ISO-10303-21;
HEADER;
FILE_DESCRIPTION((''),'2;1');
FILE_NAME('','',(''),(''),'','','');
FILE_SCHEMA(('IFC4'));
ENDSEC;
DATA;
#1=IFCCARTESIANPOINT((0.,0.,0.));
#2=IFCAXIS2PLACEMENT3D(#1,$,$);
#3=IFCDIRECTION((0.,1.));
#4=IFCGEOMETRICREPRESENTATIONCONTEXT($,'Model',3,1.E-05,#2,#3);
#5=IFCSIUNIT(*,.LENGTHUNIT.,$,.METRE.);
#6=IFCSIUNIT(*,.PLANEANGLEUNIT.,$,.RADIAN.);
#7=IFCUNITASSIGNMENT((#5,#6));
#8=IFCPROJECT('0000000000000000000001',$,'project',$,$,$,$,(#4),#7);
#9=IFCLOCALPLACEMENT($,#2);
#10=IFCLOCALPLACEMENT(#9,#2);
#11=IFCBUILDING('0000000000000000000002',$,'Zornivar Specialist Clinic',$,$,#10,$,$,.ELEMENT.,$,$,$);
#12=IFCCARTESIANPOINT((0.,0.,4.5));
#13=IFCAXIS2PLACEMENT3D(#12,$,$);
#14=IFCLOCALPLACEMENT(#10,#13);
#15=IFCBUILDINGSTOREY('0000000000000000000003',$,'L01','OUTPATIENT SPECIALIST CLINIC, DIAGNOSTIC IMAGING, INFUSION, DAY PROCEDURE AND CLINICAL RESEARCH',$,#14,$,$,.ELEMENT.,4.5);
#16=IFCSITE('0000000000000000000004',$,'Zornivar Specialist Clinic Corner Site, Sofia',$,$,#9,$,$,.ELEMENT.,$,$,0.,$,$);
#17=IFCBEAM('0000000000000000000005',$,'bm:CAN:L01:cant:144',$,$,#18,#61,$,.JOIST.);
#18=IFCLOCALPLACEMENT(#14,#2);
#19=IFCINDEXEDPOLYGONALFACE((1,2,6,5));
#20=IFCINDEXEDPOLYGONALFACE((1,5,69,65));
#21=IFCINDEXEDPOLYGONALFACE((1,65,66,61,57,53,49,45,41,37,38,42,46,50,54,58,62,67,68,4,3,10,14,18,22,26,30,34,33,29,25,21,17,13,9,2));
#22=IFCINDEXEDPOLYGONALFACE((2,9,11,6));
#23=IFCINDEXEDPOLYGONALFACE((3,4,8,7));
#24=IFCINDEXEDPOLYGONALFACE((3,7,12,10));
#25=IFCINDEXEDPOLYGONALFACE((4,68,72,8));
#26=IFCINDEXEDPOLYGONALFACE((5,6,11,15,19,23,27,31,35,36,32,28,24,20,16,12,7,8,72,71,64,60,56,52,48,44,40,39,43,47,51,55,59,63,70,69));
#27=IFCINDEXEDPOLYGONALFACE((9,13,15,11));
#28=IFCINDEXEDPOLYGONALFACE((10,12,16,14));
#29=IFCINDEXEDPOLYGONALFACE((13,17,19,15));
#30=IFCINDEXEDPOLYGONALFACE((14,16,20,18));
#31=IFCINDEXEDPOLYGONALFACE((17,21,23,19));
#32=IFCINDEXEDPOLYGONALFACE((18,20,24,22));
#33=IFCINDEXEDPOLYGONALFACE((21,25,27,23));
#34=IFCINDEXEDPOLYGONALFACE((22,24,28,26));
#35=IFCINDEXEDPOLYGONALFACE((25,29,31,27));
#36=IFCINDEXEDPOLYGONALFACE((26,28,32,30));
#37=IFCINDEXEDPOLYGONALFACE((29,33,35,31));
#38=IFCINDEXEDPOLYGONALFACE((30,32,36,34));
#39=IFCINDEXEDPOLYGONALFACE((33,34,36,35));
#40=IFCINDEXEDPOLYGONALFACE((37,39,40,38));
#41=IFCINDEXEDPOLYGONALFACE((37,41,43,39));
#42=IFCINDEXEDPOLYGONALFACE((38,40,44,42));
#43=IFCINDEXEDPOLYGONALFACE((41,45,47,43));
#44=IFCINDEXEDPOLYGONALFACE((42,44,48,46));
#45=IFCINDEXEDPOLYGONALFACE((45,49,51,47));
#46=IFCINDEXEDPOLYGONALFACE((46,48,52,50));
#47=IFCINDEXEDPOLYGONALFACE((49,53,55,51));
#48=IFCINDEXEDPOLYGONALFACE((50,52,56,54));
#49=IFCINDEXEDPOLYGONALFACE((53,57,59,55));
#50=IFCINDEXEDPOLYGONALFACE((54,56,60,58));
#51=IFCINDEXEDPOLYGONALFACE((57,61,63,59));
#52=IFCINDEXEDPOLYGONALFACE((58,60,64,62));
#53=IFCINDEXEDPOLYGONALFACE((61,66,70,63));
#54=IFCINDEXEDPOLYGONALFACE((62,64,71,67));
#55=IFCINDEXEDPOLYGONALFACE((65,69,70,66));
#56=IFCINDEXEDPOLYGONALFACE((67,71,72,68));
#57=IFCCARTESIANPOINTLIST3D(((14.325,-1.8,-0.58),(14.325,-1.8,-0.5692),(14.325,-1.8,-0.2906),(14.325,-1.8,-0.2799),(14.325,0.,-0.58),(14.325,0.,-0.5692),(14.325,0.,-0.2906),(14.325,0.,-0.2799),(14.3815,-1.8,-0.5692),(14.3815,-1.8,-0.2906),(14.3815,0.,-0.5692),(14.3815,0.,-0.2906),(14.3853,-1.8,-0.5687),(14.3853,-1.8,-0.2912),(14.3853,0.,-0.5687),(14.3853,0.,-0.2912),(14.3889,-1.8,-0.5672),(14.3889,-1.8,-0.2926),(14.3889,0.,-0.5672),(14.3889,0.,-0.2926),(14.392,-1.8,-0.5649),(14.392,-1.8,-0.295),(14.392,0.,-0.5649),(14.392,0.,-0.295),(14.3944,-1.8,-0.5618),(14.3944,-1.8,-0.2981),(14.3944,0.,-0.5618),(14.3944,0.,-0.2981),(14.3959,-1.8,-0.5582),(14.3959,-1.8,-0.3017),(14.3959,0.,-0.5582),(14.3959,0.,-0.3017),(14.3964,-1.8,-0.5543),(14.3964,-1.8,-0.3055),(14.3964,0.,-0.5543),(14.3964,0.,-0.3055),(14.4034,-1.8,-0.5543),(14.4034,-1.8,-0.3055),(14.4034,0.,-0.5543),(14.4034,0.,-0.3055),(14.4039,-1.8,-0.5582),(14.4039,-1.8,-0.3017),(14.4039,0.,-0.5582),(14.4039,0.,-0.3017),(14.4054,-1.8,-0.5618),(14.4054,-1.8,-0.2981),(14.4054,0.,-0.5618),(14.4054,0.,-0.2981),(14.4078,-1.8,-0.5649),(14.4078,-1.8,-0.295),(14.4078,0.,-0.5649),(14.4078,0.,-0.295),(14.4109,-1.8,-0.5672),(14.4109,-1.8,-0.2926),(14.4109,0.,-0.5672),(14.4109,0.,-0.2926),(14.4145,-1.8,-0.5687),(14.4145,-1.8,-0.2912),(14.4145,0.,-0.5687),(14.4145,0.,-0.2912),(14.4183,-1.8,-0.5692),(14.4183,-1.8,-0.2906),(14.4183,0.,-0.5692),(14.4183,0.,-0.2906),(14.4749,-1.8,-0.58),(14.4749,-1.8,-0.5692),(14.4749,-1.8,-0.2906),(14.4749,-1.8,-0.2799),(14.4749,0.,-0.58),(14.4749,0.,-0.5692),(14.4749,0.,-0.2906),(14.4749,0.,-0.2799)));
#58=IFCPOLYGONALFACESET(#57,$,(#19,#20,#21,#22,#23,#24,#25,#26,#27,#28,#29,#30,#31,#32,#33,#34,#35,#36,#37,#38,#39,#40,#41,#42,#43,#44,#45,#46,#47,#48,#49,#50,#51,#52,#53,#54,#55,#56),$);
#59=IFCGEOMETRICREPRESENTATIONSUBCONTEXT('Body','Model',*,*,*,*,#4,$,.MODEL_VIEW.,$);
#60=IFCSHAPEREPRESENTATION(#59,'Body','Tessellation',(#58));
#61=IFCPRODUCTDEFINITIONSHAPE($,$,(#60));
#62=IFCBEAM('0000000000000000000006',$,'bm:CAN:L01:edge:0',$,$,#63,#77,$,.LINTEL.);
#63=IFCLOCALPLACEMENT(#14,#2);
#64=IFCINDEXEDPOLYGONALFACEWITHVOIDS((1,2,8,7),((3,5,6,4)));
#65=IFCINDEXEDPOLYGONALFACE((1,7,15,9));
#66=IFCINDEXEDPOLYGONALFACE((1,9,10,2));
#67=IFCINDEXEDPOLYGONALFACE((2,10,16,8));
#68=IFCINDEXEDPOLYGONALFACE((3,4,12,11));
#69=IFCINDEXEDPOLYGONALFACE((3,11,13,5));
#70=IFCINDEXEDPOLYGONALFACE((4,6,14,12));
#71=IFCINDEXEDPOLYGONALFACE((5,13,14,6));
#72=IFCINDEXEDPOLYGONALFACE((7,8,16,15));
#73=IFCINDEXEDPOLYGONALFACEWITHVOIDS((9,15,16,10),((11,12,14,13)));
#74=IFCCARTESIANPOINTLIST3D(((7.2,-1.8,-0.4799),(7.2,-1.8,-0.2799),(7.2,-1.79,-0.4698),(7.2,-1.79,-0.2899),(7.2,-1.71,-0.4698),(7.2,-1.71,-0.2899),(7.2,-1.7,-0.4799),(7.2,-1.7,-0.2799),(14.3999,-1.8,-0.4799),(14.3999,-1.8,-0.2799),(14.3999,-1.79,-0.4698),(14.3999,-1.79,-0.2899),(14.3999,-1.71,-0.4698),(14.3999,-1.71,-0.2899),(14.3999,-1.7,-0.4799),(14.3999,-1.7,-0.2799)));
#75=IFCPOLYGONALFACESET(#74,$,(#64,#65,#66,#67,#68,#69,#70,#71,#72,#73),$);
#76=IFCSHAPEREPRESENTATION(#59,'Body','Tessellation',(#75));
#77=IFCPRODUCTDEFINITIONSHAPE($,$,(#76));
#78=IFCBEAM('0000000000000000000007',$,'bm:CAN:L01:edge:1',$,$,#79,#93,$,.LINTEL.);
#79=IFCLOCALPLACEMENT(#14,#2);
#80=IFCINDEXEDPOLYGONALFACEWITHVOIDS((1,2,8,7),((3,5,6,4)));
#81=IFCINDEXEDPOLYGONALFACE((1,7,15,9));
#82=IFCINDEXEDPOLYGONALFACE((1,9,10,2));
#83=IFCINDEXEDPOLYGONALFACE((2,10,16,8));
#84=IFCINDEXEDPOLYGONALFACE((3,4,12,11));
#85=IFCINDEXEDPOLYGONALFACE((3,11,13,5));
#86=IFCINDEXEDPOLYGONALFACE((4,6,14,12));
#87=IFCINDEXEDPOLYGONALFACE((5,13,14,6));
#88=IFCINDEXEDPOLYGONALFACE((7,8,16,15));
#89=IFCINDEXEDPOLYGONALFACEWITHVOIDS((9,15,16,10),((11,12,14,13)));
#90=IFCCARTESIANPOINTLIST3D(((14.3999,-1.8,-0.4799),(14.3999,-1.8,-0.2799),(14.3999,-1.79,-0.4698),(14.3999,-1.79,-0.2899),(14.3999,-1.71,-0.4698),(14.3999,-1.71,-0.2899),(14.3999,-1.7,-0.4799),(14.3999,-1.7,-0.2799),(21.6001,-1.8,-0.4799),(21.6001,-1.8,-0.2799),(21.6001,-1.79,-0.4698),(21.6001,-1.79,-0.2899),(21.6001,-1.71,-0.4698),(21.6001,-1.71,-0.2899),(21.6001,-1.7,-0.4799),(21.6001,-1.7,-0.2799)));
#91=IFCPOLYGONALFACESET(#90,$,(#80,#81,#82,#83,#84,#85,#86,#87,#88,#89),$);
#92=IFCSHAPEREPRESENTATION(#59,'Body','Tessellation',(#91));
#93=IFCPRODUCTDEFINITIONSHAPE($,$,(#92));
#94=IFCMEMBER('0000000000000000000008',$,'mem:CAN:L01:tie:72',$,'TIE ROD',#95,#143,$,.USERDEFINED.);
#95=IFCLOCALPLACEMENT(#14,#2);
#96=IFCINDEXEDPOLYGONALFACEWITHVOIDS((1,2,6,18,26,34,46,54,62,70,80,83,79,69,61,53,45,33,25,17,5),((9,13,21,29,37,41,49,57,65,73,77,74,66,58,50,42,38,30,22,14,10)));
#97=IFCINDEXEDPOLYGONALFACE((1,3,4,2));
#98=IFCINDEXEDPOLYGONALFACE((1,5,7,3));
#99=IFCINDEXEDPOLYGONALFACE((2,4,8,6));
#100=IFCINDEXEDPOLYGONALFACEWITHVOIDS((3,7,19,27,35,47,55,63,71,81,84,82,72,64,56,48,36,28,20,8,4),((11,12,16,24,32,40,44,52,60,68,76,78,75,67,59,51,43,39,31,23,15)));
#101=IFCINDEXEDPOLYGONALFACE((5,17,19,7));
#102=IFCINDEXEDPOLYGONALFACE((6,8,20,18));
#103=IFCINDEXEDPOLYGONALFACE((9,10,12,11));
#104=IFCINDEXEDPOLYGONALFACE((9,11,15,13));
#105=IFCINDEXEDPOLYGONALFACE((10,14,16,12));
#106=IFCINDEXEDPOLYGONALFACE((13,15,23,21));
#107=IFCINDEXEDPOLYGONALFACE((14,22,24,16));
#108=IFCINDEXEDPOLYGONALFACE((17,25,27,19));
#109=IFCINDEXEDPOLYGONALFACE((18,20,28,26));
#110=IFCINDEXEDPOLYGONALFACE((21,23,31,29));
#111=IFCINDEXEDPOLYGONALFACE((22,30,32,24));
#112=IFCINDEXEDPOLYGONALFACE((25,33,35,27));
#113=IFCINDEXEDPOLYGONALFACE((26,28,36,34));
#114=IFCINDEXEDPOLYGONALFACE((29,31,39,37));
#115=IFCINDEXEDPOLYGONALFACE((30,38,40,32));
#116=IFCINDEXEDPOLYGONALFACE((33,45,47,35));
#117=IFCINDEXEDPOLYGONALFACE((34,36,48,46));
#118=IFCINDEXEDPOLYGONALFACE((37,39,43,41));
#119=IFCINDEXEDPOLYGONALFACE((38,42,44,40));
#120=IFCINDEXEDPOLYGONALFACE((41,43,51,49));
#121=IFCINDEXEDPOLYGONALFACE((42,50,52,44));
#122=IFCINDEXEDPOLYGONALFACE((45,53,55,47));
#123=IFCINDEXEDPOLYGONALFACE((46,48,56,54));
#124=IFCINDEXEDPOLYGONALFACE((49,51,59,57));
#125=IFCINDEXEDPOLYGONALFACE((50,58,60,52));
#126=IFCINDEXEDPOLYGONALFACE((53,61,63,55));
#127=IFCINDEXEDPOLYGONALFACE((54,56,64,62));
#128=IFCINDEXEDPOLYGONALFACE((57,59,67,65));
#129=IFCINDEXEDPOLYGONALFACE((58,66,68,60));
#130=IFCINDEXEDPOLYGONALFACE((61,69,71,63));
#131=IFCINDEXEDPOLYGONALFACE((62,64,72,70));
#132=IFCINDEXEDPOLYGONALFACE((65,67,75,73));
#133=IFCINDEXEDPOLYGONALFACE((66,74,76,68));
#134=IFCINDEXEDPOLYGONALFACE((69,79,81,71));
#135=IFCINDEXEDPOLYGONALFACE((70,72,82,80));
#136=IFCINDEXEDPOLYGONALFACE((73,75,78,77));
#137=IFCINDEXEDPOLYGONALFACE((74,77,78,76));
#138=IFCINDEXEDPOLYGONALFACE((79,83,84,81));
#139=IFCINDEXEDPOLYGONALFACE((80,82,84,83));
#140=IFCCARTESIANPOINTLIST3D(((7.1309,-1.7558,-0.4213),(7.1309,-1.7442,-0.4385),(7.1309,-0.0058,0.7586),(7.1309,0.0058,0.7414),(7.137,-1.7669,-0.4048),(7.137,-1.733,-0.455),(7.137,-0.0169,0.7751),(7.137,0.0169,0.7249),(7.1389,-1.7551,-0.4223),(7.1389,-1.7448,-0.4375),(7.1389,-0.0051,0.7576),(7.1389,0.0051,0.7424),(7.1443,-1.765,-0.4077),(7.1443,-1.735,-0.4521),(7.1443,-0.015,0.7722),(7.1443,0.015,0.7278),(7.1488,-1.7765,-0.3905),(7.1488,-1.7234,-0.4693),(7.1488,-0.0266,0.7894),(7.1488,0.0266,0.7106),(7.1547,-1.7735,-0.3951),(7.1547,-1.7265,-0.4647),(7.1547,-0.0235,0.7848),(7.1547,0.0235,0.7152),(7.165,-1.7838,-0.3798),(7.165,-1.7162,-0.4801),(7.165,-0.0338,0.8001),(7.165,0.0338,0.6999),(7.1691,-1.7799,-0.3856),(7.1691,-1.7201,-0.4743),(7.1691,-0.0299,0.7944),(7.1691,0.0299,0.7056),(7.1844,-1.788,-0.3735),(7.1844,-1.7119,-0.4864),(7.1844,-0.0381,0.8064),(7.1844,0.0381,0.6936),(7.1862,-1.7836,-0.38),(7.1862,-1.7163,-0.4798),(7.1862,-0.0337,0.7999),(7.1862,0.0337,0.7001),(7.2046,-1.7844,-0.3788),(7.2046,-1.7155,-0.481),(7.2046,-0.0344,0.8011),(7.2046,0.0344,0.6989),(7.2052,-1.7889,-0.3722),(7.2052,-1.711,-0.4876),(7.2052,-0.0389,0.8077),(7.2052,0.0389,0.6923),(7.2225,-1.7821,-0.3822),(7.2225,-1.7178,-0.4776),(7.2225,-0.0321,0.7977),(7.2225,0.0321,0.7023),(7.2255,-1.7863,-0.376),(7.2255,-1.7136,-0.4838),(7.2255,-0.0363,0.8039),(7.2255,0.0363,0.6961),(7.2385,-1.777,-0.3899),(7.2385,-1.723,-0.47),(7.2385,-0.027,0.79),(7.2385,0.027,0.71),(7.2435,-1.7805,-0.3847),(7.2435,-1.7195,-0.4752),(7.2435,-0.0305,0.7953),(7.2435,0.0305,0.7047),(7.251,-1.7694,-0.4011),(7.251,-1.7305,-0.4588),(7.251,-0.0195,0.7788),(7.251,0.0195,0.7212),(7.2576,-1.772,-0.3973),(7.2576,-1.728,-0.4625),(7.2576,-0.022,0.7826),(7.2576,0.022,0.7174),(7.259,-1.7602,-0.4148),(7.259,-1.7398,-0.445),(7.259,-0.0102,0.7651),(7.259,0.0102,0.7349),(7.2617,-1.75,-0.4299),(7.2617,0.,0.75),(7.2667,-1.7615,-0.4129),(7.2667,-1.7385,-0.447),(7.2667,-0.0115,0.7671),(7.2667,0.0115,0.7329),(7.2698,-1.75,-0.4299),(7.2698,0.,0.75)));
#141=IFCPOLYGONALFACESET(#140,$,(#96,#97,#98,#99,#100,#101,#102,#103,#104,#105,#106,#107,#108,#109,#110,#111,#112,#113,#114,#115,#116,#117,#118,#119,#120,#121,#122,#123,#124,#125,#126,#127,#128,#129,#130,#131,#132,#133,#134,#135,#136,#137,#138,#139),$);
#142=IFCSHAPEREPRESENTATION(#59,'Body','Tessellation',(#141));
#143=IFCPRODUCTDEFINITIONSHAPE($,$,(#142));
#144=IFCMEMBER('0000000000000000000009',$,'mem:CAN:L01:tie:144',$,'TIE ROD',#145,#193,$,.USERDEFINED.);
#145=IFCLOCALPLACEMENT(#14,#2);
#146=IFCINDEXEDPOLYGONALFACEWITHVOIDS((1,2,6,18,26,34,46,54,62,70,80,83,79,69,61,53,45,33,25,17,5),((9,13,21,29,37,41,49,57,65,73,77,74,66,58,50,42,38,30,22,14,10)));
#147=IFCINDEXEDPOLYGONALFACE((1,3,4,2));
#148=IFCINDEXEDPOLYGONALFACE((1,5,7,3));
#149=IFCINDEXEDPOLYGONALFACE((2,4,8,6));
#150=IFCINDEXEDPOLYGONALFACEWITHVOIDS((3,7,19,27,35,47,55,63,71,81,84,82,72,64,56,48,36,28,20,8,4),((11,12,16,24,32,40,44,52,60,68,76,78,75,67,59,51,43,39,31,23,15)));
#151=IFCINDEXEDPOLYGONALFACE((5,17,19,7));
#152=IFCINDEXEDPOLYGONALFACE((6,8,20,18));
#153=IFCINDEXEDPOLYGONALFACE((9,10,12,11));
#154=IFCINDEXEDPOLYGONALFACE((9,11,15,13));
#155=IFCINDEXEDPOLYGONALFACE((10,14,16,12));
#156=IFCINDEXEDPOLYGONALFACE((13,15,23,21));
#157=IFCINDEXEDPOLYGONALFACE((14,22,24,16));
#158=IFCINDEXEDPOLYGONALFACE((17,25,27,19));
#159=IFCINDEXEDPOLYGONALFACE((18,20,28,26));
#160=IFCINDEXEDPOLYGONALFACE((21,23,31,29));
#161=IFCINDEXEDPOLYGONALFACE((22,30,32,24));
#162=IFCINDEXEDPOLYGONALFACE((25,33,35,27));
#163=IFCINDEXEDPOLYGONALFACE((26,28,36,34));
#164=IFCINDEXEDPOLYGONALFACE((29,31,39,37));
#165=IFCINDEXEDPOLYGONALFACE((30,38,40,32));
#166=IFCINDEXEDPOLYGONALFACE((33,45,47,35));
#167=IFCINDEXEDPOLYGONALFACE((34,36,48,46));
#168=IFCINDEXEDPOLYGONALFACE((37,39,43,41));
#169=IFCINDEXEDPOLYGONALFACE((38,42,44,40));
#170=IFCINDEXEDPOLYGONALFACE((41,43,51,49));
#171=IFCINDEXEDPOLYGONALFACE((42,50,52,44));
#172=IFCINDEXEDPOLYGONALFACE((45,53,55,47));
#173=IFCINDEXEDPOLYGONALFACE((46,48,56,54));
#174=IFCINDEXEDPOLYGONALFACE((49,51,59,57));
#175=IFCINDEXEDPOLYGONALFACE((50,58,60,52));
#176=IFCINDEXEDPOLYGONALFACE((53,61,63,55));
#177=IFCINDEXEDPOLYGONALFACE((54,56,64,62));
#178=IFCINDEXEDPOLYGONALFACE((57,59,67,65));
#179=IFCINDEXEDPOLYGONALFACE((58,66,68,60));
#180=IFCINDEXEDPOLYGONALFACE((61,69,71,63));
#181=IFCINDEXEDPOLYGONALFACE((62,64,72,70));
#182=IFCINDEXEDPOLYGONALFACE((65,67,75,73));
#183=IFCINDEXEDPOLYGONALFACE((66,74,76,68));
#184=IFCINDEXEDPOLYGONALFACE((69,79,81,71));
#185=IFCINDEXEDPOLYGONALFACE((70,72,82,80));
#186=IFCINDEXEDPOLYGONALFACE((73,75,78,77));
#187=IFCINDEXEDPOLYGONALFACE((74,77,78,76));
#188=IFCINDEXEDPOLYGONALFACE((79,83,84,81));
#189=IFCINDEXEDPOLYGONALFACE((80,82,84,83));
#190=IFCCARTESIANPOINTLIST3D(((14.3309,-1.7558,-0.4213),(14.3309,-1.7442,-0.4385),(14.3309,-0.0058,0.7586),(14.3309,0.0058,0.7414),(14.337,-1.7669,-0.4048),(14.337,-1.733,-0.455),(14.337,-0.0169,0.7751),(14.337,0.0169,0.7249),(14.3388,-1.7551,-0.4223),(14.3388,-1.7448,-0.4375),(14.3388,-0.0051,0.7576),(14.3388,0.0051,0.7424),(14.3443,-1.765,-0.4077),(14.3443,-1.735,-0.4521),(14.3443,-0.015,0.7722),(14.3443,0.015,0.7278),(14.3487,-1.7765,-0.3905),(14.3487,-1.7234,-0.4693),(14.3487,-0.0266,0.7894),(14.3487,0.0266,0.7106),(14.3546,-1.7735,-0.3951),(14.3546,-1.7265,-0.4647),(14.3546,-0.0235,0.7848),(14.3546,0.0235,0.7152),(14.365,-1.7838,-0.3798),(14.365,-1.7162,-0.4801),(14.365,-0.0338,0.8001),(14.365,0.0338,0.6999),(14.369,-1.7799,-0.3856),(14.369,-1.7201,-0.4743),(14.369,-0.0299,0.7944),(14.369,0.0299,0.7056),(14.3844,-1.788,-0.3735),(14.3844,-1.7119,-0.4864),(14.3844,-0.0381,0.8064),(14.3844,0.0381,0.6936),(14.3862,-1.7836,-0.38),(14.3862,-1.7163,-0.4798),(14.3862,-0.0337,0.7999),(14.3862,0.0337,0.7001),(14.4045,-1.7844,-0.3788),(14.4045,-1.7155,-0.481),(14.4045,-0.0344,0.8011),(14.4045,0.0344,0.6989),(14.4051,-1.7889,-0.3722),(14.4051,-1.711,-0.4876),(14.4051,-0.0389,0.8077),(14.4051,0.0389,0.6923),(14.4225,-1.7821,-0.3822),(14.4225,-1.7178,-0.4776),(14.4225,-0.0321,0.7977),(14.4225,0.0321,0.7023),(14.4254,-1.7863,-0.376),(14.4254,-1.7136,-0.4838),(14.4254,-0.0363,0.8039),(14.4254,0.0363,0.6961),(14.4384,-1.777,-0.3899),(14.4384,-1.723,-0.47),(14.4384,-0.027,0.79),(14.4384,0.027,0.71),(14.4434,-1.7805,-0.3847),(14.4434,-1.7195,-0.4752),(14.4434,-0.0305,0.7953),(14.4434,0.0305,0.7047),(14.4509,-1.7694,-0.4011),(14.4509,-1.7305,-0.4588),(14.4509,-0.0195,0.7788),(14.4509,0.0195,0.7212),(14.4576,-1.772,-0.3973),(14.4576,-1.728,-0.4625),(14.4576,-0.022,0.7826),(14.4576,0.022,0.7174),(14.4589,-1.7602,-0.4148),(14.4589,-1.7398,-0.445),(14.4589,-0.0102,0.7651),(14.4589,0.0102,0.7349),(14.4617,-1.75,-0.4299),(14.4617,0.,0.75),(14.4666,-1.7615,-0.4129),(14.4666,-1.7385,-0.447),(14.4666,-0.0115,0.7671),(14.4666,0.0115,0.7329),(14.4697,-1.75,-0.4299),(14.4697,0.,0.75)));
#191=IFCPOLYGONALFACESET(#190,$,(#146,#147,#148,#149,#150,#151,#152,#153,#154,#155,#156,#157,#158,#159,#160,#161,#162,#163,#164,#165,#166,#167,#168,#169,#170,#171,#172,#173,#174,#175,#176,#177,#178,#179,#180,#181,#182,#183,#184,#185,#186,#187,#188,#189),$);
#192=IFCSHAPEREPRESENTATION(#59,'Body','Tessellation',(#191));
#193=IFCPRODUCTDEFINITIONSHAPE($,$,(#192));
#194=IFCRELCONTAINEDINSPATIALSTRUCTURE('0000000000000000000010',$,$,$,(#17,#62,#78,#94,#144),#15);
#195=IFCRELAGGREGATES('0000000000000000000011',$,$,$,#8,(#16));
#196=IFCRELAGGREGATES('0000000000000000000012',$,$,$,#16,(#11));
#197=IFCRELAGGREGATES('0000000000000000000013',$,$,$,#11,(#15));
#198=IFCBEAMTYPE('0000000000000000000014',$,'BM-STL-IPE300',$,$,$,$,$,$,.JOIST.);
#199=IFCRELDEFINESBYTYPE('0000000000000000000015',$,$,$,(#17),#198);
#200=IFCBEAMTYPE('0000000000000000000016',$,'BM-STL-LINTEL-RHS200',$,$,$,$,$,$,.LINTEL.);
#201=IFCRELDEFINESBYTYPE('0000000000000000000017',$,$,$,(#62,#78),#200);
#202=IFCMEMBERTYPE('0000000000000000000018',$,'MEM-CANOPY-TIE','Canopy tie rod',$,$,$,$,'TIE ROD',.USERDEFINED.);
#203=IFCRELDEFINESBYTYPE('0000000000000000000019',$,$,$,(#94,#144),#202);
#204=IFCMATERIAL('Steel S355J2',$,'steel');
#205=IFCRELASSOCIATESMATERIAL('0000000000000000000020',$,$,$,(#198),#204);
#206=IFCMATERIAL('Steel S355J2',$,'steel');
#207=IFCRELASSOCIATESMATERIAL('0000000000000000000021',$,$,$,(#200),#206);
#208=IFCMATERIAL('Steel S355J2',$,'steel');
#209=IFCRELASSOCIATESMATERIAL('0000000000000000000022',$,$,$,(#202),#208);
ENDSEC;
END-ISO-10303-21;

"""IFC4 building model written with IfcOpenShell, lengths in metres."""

from ifc_helpers import new_model, si_unit, direction, frame, origin, origin_2d, place, context, subcontext, project, spatial, hollow_rectangle, hollow_circle, i_section, extrude, material, material_profile, profile_set, type_object, element, save


model = new_model("IFC4")

# Units and contexts
model_context = context("Model", 3, precision=1e-05, world=origin(), true_north=direction((0.0, 1.0)))
body_context = subcontext(model_context, "Body", "Model", "MODEL_VIEW")
ifc_project = project(units=[si_unit("LENGTHUNIT", "METRE"), si_unit("PLANEANGLEUNIT", "RADIAN")], contexts=[model_context])

# Site, building, storey
site_placement = place(None, origin())
site = spatial("IfcSite", under=ifc_project, at=site_placement, Name="Zornivar Specialist Clinic Corner Site, Sofia", CompositionType="ELEMENT", RefElevation=0.0)
building_placement = place(site_placement, origin())
building = spatial("IfcBuilding", under=site, at=building_placement, Name="Zornivar Specialist Clinic", CompositionType="ELEMENT")
storey_placement = place(building_placement, frame((0.0, 0.0, 4.5)))
storey = spatial("IfcBuildingStorey", under=building, at=storey_placement, Name="L01", Description="OUTPATIENT SPECIALIST CLINIC, DIAGNOSTIC IMAGING, INFUSION, DAY PROCEDURE AND CLINICAL RESEARCH", CompositionType="ELEMENT", Elevation=4.5)

# Beams
ifc_material_1 = material(Name="Steel S355J2", Category="steel")
ifc_material_profile_1 = material_profile(ifc_material_1, i_section(OverallWidth=0.1499, OverallDepth=0.3, WebThickness=0.0071, FlangeThickness=0.0107, FilletRadius=0.0149, at=origin_2d()), Name="IPE 300")
ifc_profile_set_1 = profile_set([ifc_material_profile_1], Name="Steel S355J2")
beam_type_1 = type_object("IfcBeamType", Name="BM-STL-IPE300", PredefinedType="JOIST", material=ifc_profile_set_1)
for number, where, z_axis, x_axis, name in (
    (1, (14.3999, 0.0, -0.4299), (0.0, -1.0, 0.0), (1.0, 0.0, 0.0), "bm:CAN:L01:cant:144"),
):
    element("IfcBeam", number, at=place(storey_placement, frame(where, z_axis=z_axis, x_axis=x_axis)), inside=storey, type_object=beam_type_1, Name=name, PredefinedType="JOIST", context=body_context, shape_type="SweptSolid", body=[
        extrude(i_section(OverallWidth=0.1499, OverallDepth=0.3, WebThickness=0.0071, FlangeThickness=0.0107, FilletRadius=0.0149, at=origin_2d()), origin(), (0.0, 0.0, 1.0), 1.8),
    ])
ifc_material_2 = material(Name="Steel S355J2", Category="steel")
ifc_material_profile_2 = material_profile(ifc_material_2, hollow_rectangle(XDim=0.1001, YDim=0.2, WallThickness=0.01, at=origin_2d()), Name="RHS 200x100x10")
ifc_profile_set_2 = profile_set([ifc_material_profile_2], Name="Steel S355J2")
beam_type_2 = type_object("IfcBeamType", Name="BM-STL-LINTEL-RHS200", PredefinedType="LINTEL", material=ifc_profile_set_2)
beam_1_placement = place(storey_placement, frame((7.2, -1.75, -0.3799), z_axis=(1.0, 0.0, 0.0), x_axis=(0.0, 1.0, 0.0)))
element("IfcBeam", 2, at=beam_1_placement, inside=storey, type_object=beam_type_2, Name="bm:CAN:L01:edge:0", PredefinedType="LINTEL", context=body_context, shape_type="SweptSolid", body=[
    extrude(hollow_rectangle(XDim=0.1001, YDim=0.2, WallThickness=0.01, at=origin_2d()), origin(), (0.0, 0.0, 1.0), 7.2),
])
beam_2_placement = place(storey_placement, frame((14.3999, -1.75, -0.3799), z_axis=(1.0, 0.0, 0.0), x_axis=(0.0, 1.0, 0.0)))
element("IfcBeam", 3, at=beam_2_placement, inside=storey, type_object=beam_type_2, Name="bm:CAN:L01:edge:1", PredefinedType="LINTEL", context=body_context, shape_type="SweptSolid", body=[
    extrude(hollow_rectangle(XDim=0.1001, YDim=0.2, WallThickness=0.01, at=origin_2d()), origin(), (0.0, 0.0, 1.0), 7.2002),
])

# Members
ifc_material_3 = material(Name="Steel S355J2", Category="steel")
ifc_material_profile_3 = material_profile(ifc_material_3, hollow_circle(Radius=0.0698, WallThickness=0.0081, at=origin_2d()), Name="CHS 139.7x8")
ifc_profile_set_3 = profile_set([ifc_material_profile_3], Name="Steel S355J2")
member_type = type_object("IfcMemberType", Name="MEM-CANOPY-TIE", Description="Canopy tie rod", ElementType="TIE ROD", PredefinedType="USERDEFINED", material=ifc_profile_set_3)
for number, where, z_axis, x_axis, name in (
    (4, (7.2, 0.0, 0.75), (0.0, -0.829138, -0.559044), (1.0, 0.0, 0.0), "mem:CAN:L01:tie:72"),
    (5, (14.3999, 0.0, 0.75), (0.0, -0.829138, -0.559044), (1.0, 0.0, 0.0), "mem:CAN:L01:tie:144"),
):
    element("IfcMember", number, at=place(storey_placement, frame(where, z_axis=z_axis, x_axis=x_axis)), inside=storey, type_object=member_type, Name=name, ObjectType="TIE ROD", PredefinedType="USERDEFINED", context=body_context, shape_type="SweptSolid", body=[
        extrude(hollow_circle(Radius=0.0698, WallThickness=0.0081, at=origin_2d()), origin(), (0.0, 0.0, 1.0), 2.1106),
    ])

save(model, "model.ifc")
